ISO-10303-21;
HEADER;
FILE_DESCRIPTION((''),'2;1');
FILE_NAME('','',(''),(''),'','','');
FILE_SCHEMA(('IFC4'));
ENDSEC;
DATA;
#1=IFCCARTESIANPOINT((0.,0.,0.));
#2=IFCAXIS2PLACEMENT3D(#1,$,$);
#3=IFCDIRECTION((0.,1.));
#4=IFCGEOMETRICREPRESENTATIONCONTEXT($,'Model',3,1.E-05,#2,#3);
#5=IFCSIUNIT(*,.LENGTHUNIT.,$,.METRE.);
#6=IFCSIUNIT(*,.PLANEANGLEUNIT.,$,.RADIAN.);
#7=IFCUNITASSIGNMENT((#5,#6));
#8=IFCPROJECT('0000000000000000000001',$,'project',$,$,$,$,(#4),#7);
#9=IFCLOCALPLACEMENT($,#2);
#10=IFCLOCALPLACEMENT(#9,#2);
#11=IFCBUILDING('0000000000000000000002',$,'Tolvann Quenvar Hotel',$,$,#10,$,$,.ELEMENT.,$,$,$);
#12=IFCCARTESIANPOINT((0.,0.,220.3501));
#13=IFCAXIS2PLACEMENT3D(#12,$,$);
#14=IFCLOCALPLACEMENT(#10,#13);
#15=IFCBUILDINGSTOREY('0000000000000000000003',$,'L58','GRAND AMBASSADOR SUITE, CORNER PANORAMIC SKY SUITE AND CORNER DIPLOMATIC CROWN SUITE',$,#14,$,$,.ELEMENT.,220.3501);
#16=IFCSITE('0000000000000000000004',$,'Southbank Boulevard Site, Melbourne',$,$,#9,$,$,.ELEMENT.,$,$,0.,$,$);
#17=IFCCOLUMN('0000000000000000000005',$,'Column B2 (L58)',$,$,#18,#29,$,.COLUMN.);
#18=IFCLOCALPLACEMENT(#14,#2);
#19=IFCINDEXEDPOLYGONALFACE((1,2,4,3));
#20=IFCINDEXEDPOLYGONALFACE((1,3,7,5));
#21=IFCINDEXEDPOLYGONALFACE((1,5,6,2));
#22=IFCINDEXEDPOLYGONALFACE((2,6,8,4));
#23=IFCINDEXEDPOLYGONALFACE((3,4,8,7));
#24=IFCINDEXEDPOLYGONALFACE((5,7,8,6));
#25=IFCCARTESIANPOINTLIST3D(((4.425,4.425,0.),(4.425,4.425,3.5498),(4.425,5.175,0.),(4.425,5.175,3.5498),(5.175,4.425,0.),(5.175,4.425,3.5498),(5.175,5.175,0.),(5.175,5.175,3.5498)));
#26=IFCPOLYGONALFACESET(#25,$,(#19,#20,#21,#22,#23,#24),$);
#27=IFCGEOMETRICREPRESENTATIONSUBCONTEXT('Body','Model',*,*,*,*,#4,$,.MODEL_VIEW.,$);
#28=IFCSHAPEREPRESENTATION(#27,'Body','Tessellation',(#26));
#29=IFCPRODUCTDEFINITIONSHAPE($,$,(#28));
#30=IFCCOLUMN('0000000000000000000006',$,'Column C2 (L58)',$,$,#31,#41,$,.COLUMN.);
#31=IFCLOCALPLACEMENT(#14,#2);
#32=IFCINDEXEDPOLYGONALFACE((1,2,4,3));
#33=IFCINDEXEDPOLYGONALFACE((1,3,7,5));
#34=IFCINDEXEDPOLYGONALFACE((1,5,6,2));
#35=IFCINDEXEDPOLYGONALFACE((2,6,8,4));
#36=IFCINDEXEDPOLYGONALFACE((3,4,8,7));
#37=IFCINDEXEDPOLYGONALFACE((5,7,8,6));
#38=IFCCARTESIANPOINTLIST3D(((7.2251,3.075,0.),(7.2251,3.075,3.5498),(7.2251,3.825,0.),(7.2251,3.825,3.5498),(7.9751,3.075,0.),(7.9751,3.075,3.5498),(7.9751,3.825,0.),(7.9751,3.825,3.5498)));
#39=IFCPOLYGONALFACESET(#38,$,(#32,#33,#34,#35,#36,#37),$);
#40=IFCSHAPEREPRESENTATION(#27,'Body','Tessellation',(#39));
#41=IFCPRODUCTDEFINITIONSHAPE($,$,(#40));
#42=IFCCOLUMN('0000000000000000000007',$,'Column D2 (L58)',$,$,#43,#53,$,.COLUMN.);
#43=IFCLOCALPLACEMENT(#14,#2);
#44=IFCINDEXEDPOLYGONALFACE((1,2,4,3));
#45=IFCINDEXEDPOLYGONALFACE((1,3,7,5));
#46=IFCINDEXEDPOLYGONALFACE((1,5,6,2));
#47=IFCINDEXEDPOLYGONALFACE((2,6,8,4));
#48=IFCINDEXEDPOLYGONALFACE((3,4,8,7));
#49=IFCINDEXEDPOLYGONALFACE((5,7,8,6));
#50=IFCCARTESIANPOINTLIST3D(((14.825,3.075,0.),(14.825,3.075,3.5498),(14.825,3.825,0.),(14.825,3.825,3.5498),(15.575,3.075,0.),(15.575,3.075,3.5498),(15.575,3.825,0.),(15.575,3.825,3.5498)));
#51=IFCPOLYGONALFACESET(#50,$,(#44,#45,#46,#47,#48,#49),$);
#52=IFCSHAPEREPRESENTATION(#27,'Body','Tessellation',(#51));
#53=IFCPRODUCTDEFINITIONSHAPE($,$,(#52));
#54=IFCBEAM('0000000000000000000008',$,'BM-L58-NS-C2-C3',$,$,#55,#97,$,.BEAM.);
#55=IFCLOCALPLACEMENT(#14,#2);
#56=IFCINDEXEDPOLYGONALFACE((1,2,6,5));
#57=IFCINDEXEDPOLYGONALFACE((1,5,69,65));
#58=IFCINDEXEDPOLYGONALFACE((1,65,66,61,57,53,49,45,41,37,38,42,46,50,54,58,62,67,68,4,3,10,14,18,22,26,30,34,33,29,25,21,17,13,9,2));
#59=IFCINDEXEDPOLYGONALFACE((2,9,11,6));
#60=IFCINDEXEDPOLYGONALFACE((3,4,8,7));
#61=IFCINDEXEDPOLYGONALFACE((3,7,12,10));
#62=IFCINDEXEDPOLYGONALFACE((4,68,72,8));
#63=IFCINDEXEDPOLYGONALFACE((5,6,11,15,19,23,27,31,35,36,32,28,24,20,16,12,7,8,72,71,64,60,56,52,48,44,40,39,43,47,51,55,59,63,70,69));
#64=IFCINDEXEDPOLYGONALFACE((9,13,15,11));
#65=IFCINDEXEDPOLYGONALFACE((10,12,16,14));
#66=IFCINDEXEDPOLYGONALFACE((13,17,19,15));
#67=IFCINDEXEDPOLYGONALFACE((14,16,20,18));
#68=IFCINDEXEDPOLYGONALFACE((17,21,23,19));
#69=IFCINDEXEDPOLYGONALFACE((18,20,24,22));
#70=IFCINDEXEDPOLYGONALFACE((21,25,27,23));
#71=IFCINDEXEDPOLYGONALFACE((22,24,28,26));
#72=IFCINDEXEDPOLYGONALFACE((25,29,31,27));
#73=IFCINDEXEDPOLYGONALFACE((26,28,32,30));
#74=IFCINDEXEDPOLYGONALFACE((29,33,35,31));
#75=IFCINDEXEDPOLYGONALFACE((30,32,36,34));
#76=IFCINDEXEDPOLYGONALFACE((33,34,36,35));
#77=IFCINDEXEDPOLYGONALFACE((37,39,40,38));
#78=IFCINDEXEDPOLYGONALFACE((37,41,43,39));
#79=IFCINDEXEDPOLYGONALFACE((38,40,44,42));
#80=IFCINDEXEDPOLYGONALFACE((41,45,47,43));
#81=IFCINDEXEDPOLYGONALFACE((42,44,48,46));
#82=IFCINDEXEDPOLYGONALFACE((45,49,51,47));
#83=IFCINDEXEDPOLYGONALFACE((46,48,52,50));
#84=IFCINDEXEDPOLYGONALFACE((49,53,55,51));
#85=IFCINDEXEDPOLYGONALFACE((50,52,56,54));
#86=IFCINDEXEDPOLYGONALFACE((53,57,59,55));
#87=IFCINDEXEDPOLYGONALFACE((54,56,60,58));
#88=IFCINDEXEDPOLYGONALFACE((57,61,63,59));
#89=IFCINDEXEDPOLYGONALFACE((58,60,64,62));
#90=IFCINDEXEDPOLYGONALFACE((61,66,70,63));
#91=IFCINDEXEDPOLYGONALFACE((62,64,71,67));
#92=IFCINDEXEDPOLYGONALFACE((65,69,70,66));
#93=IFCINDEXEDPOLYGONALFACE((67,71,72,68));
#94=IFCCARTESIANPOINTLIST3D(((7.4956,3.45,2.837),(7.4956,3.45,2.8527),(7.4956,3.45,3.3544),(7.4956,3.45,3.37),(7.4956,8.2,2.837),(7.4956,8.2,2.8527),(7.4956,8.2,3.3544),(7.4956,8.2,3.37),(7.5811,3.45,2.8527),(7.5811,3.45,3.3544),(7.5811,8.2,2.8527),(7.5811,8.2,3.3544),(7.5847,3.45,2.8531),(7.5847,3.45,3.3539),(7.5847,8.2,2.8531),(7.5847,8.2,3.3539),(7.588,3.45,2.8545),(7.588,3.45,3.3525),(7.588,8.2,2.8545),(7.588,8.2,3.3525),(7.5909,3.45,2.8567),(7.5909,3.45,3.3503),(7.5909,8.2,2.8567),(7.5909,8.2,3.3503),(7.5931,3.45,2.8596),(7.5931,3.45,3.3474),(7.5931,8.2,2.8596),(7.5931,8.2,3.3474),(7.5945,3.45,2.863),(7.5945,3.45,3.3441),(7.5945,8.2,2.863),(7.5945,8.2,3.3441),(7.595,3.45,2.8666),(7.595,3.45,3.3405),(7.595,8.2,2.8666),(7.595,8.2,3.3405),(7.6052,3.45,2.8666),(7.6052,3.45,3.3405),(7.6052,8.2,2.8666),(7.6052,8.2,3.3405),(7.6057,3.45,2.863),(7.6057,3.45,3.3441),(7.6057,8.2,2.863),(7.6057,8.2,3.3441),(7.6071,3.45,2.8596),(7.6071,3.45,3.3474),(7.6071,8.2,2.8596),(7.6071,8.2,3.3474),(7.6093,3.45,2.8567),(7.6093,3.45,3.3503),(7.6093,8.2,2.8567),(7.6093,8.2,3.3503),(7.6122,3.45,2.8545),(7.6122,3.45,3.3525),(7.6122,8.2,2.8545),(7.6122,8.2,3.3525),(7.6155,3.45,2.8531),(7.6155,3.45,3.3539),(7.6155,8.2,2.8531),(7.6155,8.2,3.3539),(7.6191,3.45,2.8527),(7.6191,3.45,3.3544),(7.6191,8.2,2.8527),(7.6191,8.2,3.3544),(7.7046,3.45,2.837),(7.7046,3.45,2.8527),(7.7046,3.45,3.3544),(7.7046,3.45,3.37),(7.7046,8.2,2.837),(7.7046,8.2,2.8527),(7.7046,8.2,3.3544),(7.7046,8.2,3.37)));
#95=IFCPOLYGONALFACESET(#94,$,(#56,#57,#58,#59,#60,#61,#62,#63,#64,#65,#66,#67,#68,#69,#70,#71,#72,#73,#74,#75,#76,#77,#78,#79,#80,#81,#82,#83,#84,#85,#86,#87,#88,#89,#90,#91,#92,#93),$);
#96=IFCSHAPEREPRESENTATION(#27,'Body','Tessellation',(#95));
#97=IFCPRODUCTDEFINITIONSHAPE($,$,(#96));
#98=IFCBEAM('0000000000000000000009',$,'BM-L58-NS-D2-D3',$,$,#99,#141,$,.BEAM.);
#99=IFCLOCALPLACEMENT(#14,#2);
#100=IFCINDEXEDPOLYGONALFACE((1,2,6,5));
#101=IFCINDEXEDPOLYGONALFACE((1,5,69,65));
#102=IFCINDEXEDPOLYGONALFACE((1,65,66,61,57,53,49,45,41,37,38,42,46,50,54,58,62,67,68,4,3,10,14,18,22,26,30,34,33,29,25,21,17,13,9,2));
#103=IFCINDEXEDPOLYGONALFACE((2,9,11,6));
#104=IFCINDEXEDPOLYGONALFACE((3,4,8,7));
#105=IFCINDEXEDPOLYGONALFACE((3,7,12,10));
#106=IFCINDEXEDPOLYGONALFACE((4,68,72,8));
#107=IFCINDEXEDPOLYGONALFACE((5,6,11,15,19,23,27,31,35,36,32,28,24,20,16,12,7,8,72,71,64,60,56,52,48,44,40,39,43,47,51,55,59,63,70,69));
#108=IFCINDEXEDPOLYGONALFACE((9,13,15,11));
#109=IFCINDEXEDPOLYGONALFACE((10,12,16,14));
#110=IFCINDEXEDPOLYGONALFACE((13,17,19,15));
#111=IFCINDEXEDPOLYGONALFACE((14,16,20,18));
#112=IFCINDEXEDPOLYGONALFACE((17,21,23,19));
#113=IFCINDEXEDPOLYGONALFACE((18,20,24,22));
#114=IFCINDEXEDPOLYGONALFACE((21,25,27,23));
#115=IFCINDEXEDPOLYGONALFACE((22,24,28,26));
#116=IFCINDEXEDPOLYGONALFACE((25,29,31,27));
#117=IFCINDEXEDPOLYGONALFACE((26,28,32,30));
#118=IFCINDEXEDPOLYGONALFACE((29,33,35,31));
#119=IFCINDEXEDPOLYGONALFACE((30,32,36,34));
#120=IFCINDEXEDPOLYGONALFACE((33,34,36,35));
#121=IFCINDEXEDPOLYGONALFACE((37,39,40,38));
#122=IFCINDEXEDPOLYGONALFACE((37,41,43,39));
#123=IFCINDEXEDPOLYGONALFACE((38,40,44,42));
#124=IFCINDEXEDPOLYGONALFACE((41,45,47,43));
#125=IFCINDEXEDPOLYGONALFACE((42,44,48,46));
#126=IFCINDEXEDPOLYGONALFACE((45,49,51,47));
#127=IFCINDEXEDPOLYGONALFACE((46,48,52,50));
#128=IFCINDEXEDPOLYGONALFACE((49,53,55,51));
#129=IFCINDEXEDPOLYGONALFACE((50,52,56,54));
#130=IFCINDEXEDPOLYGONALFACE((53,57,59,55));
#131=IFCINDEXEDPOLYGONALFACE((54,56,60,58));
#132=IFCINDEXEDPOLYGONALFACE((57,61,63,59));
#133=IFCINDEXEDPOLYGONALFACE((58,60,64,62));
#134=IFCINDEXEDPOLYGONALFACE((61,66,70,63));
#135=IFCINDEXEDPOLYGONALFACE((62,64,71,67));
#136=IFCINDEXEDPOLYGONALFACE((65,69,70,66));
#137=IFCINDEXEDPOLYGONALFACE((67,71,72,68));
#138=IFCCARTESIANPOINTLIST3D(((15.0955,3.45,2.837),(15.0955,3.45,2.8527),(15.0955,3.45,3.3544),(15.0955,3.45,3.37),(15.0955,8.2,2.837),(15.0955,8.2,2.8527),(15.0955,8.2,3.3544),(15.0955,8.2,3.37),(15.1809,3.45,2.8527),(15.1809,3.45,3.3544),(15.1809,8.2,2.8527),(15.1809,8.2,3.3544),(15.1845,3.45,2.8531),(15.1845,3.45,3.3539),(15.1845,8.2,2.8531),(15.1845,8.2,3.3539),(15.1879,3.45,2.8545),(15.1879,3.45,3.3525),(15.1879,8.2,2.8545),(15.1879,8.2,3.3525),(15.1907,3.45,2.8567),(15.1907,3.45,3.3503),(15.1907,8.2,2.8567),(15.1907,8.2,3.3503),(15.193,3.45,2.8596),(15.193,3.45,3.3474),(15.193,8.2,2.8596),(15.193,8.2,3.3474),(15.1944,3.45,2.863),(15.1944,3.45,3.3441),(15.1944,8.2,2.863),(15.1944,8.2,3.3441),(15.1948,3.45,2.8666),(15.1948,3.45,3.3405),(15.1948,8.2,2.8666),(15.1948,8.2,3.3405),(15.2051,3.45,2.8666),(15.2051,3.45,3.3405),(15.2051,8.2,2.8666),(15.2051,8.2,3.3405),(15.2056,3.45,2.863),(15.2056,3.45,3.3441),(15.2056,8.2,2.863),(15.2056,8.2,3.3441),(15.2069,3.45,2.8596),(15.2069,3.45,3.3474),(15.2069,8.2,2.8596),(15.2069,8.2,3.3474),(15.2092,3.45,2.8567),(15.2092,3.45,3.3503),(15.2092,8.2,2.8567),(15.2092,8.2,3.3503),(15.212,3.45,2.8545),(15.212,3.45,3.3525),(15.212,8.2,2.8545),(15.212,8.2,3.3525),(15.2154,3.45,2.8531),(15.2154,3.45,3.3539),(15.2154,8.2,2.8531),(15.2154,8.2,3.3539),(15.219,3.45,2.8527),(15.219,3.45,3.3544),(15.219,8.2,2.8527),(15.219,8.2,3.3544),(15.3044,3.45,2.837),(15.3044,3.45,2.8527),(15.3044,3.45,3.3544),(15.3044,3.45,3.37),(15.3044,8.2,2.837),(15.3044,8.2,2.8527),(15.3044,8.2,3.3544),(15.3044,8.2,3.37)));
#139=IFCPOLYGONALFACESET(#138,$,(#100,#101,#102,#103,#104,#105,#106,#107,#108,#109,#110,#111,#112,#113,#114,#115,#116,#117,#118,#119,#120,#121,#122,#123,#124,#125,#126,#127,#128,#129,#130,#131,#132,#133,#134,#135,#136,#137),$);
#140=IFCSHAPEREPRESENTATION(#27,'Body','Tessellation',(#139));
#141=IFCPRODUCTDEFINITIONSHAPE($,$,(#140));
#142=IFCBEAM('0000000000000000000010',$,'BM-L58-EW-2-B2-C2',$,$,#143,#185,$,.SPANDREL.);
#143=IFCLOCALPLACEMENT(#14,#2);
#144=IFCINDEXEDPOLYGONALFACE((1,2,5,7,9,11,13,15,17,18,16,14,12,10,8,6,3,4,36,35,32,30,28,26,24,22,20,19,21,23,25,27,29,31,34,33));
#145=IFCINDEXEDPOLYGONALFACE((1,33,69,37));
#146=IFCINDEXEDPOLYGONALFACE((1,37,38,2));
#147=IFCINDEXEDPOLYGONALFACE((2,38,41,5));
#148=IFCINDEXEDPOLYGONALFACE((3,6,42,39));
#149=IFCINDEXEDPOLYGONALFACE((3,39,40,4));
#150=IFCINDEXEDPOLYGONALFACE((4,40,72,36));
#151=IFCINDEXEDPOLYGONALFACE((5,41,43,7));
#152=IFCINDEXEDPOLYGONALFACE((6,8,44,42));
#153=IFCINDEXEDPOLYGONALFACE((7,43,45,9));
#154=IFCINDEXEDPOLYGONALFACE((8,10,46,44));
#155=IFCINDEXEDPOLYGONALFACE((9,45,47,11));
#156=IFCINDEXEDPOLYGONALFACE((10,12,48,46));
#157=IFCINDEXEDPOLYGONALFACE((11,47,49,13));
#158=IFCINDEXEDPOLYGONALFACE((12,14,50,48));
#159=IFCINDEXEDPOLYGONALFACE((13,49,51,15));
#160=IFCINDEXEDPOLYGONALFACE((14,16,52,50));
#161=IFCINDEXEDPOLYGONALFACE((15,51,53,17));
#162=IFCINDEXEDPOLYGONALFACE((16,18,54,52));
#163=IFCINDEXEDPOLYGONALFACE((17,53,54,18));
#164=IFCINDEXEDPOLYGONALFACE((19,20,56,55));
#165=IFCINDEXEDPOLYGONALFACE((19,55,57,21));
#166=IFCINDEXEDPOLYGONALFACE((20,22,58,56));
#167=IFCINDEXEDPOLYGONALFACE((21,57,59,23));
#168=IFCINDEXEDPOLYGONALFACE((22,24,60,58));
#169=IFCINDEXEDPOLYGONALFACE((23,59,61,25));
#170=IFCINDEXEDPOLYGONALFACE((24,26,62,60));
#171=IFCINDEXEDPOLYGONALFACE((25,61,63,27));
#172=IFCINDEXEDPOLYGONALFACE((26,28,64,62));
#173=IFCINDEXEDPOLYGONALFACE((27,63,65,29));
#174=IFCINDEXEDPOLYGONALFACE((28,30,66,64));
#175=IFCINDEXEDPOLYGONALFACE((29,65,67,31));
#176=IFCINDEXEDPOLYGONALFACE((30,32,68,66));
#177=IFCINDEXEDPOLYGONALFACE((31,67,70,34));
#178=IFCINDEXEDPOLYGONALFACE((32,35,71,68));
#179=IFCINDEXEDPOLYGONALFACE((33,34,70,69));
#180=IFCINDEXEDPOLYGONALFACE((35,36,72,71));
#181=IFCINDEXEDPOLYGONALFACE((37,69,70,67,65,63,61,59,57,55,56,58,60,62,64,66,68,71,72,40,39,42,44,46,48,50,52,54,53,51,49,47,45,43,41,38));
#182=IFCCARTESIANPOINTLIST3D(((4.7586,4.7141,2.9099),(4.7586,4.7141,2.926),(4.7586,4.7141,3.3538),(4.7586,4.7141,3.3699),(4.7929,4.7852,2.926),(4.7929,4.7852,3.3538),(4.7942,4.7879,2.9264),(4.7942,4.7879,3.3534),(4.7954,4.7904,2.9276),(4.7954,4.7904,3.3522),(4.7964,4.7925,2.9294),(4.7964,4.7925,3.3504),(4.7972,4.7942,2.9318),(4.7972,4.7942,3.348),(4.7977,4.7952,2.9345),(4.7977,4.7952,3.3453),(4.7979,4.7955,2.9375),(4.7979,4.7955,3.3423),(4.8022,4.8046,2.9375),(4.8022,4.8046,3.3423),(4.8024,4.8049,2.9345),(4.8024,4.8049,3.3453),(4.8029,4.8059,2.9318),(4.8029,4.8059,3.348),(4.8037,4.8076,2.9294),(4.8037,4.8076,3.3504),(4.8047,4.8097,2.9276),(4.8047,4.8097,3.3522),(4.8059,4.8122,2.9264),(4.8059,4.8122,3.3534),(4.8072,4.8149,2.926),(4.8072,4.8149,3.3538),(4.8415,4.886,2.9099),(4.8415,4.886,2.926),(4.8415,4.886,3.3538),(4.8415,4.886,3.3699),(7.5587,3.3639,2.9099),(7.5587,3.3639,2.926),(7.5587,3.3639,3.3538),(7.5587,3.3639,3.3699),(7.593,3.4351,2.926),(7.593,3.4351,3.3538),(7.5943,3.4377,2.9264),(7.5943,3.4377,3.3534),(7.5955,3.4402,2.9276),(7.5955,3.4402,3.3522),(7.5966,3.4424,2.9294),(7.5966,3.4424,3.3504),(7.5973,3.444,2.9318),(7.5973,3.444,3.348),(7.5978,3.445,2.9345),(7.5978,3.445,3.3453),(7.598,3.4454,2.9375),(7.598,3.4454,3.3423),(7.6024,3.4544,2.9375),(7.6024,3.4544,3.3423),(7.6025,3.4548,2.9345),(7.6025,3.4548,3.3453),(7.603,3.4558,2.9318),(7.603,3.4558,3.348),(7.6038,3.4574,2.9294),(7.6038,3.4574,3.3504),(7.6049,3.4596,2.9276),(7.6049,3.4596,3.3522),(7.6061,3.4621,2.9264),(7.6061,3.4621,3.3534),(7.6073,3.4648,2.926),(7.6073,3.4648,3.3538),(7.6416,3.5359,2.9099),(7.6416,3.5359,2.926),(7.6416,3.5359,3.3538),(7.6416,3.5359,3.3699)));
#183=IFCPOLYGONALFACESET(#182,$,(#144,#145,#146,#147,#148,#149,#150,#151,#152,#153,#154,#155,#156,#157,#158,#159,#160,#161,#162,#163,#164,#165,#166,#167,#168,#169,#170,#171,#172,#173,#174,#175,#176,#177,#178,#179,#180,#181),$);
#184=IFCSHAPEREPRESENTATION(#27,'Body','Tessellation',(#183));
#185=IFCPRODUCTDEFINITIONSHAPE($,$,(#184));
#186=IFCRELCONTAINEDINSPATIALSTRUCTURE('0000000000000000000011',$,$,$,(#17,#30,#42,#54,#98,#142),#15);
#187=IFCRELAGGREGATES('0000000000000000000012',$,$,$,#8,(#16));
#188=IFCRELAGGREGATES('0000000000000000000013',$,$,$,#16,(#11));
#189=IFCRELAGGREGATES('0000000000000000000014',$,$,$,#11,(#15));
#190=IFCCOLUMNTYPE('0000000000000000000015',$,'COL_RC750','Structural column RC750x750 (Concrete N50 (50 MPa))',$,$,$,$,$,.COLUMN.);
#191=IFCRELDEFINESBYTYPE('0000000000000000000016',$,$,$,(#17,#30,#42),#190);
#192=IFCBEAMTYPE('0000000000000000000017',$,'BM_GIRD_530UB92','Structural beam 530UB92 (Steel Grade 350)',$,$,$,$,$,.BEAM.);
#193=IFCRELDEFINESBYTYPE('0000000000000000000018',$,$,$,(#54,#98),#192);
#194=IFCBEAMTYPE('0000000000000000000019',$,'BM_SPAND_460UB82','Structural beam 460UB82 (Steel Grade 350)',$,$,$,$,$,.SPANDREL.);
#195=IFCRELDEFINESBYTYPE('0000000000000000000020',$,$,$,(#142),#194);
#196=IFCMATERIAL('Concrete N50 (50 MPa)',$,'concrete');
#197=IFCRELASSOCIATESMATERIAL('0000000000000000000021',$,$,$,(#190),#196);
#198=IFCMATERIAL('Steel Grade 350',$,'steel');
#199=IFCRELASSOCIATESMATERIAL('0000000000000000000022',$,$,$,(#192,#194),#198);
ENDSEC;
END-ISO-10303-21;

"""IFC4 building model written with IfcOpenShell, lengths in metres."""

from ifc_helpers import new_model, si_unit, direction, frame, origin, origin_2d, place, context, subcontext, project, spatial, rectangle, i_section, extrude, source, transform, mapped, material, material_profile, profile_set, type_object, type_shapes, element, save


model = new_model("IFC4")

# Units and contexts
model_context = context("Model", 3, precision=1e-05, world=origin(), true_north=direction((0.0, 1.0)))
body_context = subcontext(model_context, "Body", "Model", "MODEL_VIEW")
ifc_project = project(units=[si_unit("LENGTHUNIT", "METRE"), si_unit("PLANEANGLEUNIT", "RADIAN")], contexts=[model_context])

# Site, building, storey
site_placement = place(None, origin())
site = spatial("IfcSite", under=ifc_project, at=site_placement, Name="Southbank Boulevard Site, Melbourne", CompositionType="ELEMENT", RefElevation=0.0)
building_placement = place(site_placement, origin())
building = spatial("IfcBuilding", under=site, at=building_placement, Name="Tolvann Quenvar Hotel", CompositionType="ELEMENT")
storey_placement = place(building_placement, frame((0.0, 0.0, 220.3501)))
storey = spatial("IfcBuildingStorey", under=building, at=storey_placement, Name="L58", Description="GRAND AMBASSADOR SUITE, CORNER PANORAMIC SKY SUITE AND CORNER DIPLOMATIC CROWN SUITE", CompositionType="ELEMENT", Elevation=220.3501)

# Columns
ifc_material_1 = material(Name="Concrete N50 (50 MPa)", Category="concrete")
ifc_material_profile_1 = material_profile(ifc_material_1, rectangle(XDim=0.75, YDim=0.75, at=origin_2d()), Name="RC750x750")
ifc_profile_set_1 = profile_set([ifc_material_profile_1], Name="Concrete N50 (50 MPa)")
column_type = type_object("IfcColumnType", Name="COL_RC750", Description="Structural column RC750x750 (Concrete N50 (50 MPa))", PredefinedType="COLUMN", material=ifc_profile_set_1)
shared_shape_1 = source(origin(), body_context, "Body", "SweptSolid", [
    extrude(rectangle(XDim=0.75, YDim=0.75, at=origin_2d()), origin(), (0.0, 0.0, 1.0), 3.5498),
])
type_shapes(column_type, [shared_shape_1])
for number, where, z_axis, x_axis, name in (
    (1, (4.8, 4.8, 0.0), (0.0, 0.0, 1.0), (1.0, 0.0, 0.0), "Column B2 (L58)"),
    (2, (7.6001, 3.45, 0.0), (0.0, 0.0, 1.0), (1.0, 0.0, 0.0), "Column C2 (L58)"),
    (3, (15.2, 3.45, 0.0), (0.0, 0.0, 1.0), (1.0, 0.0, 0.0), "Column D2 (L58)"),
):
    element("IfcColumn", number, at=place(storey_placement, frame(where, z_axis=z_axis, x_axis=x_axis)), inside=storey, type_object=column_type, Name=name, PredefinedType="COLUMN", context=body_context, shape_type="MappedRepresentation", body=[
        mapped(shared_shape_1, transform((0.0, 0.0, 0.0), x_axis=(1.0, 0.0, 0.0), y_axis=(0.0, 1.0, 0.0), z_axis=(0.0, 0.0, 1.0), scale=1.0)),
    ])

# Beams
ifc_material_2 = material(Name="Steel Grade 350", Category="steel")
ifc_material_profile_2 = material_profile(ifc_material_2, i_section(OverallWidth=0.209, OverallDepth=0.533, WebThickness=0.0103, FlangeThickness=0.0156, FilletRadius=0.0139, at=origin_2d()), Name="530UB92")
ifc_profile_set_2 = profile_set([ifc_material_profile_2], Name="Steel Grade 350")
beam_type_1 = type_object("IfcBeamType", Name="BM_GIRD_530UB92", Description="Structural beam 530UB92 (Steel Grade 350)", PredefinedType="BEAM", material=ifc_profile_set_2)
shared_shape_2 = source(origin(), body_context, "Body", "SweptSolid", [
    extrude(i_section(OverallWidth=0.209, OverallDepth=0.533, WebThickness=0.0103, FlangeThickness=0.0156, FilletRadius=0.0139, at=origin_2d()), origin(), (0.0, 0.0, 1.0), 4.75),
])
type_shapes(beam_type_1, [shared_shape_2])
for number, where, z_axis, x_axis, name in (
    (4, (7.6001, 3.45, 3.1035), (0.0, 1.0, 0.0), (-1.0, 0.0, 0.0), "BM-L58-NS-C2-C3"),
    (5, (15.2, 3.45, 3.1035), (0.0, 1.0, 0.0), (-1.0, 0.0, 0.0), "BM-L58-NS-D2-D3"),
):
    element("IfcBeam", number, at=place(storey_placement, frame(where, z_axis=z_axis, x_axis=x_axis)), inside=storey, type_object=beam_type_1, Name=name, PredefinedType="BEAM", context=body_context, shape_type="MappedRepresentation", body=[
        mapped(shared_shape_2, transform((0.0, 0.0, 0.0), x_axis=(1.0, 0.0, 0.0), y_axis=(0.0, 1.0, 0.0), z_axis=(0.0, 0.0, 1.0), scale=1.0)),
    ])
ifc_material_profile_3 = material_profile(ifc_material_2, i_section(OverallWidth=0.1909, OverallDepth=0.46, WebThickness=0.01, FlangeThickness=0.0161, FilletRadius=0.0115, at=origin_2d()), Name="460UB82")
ifc_profile_set_3 = profile_set([ifc_material_profile_3], Name="Steel Grade 350")
beam_type_2 = type_object("IfcBeamType", Name="BM_SPAND_460UB82", Description="Structural beam 460UB82 (Steel Grade 350)", PredefinedType="SPANDREL", material=ifc_profile_set_3)
shared_shape_3 = source(origin(), body_context, "Body", "SweptSolid", [
    extrude(i_section(OverallWidth=0.1909, OverallDepth=0.46, WebThickness=0.01, FlangeThickness=0.0161, FilletRadius=0.0115, at=origin_2d()), origin(), (0.0, 0.0, 1.0), 3.1086),
])
beam_1_placement = place(storey_placement, frame((4.8, 4.8, 3.1399), z_axis=(0.900759, -0.434319, 0.0), x_axis=(0.434319, 0.900759, 0.0)))
element("IfcBeam", 6, at=beam_1_placement, inside=storey, type_object=beam_type_2, Name="BM-L58-EW-2-B2-C2", PredefinedType="SPANDREL", context=body_context, shape_type="MappedRepresentation", body=[
    mapped(shared_shape_3, transform((0.0, 0.0, 0.0), x_axis=(1.0, 0.0, 0.0), y_axis=(0.0, 1.0, 0.0), z_axis=(0.0, 0.0, 1.0), scale=1.0)),
])

save(model, "model.ifc")
